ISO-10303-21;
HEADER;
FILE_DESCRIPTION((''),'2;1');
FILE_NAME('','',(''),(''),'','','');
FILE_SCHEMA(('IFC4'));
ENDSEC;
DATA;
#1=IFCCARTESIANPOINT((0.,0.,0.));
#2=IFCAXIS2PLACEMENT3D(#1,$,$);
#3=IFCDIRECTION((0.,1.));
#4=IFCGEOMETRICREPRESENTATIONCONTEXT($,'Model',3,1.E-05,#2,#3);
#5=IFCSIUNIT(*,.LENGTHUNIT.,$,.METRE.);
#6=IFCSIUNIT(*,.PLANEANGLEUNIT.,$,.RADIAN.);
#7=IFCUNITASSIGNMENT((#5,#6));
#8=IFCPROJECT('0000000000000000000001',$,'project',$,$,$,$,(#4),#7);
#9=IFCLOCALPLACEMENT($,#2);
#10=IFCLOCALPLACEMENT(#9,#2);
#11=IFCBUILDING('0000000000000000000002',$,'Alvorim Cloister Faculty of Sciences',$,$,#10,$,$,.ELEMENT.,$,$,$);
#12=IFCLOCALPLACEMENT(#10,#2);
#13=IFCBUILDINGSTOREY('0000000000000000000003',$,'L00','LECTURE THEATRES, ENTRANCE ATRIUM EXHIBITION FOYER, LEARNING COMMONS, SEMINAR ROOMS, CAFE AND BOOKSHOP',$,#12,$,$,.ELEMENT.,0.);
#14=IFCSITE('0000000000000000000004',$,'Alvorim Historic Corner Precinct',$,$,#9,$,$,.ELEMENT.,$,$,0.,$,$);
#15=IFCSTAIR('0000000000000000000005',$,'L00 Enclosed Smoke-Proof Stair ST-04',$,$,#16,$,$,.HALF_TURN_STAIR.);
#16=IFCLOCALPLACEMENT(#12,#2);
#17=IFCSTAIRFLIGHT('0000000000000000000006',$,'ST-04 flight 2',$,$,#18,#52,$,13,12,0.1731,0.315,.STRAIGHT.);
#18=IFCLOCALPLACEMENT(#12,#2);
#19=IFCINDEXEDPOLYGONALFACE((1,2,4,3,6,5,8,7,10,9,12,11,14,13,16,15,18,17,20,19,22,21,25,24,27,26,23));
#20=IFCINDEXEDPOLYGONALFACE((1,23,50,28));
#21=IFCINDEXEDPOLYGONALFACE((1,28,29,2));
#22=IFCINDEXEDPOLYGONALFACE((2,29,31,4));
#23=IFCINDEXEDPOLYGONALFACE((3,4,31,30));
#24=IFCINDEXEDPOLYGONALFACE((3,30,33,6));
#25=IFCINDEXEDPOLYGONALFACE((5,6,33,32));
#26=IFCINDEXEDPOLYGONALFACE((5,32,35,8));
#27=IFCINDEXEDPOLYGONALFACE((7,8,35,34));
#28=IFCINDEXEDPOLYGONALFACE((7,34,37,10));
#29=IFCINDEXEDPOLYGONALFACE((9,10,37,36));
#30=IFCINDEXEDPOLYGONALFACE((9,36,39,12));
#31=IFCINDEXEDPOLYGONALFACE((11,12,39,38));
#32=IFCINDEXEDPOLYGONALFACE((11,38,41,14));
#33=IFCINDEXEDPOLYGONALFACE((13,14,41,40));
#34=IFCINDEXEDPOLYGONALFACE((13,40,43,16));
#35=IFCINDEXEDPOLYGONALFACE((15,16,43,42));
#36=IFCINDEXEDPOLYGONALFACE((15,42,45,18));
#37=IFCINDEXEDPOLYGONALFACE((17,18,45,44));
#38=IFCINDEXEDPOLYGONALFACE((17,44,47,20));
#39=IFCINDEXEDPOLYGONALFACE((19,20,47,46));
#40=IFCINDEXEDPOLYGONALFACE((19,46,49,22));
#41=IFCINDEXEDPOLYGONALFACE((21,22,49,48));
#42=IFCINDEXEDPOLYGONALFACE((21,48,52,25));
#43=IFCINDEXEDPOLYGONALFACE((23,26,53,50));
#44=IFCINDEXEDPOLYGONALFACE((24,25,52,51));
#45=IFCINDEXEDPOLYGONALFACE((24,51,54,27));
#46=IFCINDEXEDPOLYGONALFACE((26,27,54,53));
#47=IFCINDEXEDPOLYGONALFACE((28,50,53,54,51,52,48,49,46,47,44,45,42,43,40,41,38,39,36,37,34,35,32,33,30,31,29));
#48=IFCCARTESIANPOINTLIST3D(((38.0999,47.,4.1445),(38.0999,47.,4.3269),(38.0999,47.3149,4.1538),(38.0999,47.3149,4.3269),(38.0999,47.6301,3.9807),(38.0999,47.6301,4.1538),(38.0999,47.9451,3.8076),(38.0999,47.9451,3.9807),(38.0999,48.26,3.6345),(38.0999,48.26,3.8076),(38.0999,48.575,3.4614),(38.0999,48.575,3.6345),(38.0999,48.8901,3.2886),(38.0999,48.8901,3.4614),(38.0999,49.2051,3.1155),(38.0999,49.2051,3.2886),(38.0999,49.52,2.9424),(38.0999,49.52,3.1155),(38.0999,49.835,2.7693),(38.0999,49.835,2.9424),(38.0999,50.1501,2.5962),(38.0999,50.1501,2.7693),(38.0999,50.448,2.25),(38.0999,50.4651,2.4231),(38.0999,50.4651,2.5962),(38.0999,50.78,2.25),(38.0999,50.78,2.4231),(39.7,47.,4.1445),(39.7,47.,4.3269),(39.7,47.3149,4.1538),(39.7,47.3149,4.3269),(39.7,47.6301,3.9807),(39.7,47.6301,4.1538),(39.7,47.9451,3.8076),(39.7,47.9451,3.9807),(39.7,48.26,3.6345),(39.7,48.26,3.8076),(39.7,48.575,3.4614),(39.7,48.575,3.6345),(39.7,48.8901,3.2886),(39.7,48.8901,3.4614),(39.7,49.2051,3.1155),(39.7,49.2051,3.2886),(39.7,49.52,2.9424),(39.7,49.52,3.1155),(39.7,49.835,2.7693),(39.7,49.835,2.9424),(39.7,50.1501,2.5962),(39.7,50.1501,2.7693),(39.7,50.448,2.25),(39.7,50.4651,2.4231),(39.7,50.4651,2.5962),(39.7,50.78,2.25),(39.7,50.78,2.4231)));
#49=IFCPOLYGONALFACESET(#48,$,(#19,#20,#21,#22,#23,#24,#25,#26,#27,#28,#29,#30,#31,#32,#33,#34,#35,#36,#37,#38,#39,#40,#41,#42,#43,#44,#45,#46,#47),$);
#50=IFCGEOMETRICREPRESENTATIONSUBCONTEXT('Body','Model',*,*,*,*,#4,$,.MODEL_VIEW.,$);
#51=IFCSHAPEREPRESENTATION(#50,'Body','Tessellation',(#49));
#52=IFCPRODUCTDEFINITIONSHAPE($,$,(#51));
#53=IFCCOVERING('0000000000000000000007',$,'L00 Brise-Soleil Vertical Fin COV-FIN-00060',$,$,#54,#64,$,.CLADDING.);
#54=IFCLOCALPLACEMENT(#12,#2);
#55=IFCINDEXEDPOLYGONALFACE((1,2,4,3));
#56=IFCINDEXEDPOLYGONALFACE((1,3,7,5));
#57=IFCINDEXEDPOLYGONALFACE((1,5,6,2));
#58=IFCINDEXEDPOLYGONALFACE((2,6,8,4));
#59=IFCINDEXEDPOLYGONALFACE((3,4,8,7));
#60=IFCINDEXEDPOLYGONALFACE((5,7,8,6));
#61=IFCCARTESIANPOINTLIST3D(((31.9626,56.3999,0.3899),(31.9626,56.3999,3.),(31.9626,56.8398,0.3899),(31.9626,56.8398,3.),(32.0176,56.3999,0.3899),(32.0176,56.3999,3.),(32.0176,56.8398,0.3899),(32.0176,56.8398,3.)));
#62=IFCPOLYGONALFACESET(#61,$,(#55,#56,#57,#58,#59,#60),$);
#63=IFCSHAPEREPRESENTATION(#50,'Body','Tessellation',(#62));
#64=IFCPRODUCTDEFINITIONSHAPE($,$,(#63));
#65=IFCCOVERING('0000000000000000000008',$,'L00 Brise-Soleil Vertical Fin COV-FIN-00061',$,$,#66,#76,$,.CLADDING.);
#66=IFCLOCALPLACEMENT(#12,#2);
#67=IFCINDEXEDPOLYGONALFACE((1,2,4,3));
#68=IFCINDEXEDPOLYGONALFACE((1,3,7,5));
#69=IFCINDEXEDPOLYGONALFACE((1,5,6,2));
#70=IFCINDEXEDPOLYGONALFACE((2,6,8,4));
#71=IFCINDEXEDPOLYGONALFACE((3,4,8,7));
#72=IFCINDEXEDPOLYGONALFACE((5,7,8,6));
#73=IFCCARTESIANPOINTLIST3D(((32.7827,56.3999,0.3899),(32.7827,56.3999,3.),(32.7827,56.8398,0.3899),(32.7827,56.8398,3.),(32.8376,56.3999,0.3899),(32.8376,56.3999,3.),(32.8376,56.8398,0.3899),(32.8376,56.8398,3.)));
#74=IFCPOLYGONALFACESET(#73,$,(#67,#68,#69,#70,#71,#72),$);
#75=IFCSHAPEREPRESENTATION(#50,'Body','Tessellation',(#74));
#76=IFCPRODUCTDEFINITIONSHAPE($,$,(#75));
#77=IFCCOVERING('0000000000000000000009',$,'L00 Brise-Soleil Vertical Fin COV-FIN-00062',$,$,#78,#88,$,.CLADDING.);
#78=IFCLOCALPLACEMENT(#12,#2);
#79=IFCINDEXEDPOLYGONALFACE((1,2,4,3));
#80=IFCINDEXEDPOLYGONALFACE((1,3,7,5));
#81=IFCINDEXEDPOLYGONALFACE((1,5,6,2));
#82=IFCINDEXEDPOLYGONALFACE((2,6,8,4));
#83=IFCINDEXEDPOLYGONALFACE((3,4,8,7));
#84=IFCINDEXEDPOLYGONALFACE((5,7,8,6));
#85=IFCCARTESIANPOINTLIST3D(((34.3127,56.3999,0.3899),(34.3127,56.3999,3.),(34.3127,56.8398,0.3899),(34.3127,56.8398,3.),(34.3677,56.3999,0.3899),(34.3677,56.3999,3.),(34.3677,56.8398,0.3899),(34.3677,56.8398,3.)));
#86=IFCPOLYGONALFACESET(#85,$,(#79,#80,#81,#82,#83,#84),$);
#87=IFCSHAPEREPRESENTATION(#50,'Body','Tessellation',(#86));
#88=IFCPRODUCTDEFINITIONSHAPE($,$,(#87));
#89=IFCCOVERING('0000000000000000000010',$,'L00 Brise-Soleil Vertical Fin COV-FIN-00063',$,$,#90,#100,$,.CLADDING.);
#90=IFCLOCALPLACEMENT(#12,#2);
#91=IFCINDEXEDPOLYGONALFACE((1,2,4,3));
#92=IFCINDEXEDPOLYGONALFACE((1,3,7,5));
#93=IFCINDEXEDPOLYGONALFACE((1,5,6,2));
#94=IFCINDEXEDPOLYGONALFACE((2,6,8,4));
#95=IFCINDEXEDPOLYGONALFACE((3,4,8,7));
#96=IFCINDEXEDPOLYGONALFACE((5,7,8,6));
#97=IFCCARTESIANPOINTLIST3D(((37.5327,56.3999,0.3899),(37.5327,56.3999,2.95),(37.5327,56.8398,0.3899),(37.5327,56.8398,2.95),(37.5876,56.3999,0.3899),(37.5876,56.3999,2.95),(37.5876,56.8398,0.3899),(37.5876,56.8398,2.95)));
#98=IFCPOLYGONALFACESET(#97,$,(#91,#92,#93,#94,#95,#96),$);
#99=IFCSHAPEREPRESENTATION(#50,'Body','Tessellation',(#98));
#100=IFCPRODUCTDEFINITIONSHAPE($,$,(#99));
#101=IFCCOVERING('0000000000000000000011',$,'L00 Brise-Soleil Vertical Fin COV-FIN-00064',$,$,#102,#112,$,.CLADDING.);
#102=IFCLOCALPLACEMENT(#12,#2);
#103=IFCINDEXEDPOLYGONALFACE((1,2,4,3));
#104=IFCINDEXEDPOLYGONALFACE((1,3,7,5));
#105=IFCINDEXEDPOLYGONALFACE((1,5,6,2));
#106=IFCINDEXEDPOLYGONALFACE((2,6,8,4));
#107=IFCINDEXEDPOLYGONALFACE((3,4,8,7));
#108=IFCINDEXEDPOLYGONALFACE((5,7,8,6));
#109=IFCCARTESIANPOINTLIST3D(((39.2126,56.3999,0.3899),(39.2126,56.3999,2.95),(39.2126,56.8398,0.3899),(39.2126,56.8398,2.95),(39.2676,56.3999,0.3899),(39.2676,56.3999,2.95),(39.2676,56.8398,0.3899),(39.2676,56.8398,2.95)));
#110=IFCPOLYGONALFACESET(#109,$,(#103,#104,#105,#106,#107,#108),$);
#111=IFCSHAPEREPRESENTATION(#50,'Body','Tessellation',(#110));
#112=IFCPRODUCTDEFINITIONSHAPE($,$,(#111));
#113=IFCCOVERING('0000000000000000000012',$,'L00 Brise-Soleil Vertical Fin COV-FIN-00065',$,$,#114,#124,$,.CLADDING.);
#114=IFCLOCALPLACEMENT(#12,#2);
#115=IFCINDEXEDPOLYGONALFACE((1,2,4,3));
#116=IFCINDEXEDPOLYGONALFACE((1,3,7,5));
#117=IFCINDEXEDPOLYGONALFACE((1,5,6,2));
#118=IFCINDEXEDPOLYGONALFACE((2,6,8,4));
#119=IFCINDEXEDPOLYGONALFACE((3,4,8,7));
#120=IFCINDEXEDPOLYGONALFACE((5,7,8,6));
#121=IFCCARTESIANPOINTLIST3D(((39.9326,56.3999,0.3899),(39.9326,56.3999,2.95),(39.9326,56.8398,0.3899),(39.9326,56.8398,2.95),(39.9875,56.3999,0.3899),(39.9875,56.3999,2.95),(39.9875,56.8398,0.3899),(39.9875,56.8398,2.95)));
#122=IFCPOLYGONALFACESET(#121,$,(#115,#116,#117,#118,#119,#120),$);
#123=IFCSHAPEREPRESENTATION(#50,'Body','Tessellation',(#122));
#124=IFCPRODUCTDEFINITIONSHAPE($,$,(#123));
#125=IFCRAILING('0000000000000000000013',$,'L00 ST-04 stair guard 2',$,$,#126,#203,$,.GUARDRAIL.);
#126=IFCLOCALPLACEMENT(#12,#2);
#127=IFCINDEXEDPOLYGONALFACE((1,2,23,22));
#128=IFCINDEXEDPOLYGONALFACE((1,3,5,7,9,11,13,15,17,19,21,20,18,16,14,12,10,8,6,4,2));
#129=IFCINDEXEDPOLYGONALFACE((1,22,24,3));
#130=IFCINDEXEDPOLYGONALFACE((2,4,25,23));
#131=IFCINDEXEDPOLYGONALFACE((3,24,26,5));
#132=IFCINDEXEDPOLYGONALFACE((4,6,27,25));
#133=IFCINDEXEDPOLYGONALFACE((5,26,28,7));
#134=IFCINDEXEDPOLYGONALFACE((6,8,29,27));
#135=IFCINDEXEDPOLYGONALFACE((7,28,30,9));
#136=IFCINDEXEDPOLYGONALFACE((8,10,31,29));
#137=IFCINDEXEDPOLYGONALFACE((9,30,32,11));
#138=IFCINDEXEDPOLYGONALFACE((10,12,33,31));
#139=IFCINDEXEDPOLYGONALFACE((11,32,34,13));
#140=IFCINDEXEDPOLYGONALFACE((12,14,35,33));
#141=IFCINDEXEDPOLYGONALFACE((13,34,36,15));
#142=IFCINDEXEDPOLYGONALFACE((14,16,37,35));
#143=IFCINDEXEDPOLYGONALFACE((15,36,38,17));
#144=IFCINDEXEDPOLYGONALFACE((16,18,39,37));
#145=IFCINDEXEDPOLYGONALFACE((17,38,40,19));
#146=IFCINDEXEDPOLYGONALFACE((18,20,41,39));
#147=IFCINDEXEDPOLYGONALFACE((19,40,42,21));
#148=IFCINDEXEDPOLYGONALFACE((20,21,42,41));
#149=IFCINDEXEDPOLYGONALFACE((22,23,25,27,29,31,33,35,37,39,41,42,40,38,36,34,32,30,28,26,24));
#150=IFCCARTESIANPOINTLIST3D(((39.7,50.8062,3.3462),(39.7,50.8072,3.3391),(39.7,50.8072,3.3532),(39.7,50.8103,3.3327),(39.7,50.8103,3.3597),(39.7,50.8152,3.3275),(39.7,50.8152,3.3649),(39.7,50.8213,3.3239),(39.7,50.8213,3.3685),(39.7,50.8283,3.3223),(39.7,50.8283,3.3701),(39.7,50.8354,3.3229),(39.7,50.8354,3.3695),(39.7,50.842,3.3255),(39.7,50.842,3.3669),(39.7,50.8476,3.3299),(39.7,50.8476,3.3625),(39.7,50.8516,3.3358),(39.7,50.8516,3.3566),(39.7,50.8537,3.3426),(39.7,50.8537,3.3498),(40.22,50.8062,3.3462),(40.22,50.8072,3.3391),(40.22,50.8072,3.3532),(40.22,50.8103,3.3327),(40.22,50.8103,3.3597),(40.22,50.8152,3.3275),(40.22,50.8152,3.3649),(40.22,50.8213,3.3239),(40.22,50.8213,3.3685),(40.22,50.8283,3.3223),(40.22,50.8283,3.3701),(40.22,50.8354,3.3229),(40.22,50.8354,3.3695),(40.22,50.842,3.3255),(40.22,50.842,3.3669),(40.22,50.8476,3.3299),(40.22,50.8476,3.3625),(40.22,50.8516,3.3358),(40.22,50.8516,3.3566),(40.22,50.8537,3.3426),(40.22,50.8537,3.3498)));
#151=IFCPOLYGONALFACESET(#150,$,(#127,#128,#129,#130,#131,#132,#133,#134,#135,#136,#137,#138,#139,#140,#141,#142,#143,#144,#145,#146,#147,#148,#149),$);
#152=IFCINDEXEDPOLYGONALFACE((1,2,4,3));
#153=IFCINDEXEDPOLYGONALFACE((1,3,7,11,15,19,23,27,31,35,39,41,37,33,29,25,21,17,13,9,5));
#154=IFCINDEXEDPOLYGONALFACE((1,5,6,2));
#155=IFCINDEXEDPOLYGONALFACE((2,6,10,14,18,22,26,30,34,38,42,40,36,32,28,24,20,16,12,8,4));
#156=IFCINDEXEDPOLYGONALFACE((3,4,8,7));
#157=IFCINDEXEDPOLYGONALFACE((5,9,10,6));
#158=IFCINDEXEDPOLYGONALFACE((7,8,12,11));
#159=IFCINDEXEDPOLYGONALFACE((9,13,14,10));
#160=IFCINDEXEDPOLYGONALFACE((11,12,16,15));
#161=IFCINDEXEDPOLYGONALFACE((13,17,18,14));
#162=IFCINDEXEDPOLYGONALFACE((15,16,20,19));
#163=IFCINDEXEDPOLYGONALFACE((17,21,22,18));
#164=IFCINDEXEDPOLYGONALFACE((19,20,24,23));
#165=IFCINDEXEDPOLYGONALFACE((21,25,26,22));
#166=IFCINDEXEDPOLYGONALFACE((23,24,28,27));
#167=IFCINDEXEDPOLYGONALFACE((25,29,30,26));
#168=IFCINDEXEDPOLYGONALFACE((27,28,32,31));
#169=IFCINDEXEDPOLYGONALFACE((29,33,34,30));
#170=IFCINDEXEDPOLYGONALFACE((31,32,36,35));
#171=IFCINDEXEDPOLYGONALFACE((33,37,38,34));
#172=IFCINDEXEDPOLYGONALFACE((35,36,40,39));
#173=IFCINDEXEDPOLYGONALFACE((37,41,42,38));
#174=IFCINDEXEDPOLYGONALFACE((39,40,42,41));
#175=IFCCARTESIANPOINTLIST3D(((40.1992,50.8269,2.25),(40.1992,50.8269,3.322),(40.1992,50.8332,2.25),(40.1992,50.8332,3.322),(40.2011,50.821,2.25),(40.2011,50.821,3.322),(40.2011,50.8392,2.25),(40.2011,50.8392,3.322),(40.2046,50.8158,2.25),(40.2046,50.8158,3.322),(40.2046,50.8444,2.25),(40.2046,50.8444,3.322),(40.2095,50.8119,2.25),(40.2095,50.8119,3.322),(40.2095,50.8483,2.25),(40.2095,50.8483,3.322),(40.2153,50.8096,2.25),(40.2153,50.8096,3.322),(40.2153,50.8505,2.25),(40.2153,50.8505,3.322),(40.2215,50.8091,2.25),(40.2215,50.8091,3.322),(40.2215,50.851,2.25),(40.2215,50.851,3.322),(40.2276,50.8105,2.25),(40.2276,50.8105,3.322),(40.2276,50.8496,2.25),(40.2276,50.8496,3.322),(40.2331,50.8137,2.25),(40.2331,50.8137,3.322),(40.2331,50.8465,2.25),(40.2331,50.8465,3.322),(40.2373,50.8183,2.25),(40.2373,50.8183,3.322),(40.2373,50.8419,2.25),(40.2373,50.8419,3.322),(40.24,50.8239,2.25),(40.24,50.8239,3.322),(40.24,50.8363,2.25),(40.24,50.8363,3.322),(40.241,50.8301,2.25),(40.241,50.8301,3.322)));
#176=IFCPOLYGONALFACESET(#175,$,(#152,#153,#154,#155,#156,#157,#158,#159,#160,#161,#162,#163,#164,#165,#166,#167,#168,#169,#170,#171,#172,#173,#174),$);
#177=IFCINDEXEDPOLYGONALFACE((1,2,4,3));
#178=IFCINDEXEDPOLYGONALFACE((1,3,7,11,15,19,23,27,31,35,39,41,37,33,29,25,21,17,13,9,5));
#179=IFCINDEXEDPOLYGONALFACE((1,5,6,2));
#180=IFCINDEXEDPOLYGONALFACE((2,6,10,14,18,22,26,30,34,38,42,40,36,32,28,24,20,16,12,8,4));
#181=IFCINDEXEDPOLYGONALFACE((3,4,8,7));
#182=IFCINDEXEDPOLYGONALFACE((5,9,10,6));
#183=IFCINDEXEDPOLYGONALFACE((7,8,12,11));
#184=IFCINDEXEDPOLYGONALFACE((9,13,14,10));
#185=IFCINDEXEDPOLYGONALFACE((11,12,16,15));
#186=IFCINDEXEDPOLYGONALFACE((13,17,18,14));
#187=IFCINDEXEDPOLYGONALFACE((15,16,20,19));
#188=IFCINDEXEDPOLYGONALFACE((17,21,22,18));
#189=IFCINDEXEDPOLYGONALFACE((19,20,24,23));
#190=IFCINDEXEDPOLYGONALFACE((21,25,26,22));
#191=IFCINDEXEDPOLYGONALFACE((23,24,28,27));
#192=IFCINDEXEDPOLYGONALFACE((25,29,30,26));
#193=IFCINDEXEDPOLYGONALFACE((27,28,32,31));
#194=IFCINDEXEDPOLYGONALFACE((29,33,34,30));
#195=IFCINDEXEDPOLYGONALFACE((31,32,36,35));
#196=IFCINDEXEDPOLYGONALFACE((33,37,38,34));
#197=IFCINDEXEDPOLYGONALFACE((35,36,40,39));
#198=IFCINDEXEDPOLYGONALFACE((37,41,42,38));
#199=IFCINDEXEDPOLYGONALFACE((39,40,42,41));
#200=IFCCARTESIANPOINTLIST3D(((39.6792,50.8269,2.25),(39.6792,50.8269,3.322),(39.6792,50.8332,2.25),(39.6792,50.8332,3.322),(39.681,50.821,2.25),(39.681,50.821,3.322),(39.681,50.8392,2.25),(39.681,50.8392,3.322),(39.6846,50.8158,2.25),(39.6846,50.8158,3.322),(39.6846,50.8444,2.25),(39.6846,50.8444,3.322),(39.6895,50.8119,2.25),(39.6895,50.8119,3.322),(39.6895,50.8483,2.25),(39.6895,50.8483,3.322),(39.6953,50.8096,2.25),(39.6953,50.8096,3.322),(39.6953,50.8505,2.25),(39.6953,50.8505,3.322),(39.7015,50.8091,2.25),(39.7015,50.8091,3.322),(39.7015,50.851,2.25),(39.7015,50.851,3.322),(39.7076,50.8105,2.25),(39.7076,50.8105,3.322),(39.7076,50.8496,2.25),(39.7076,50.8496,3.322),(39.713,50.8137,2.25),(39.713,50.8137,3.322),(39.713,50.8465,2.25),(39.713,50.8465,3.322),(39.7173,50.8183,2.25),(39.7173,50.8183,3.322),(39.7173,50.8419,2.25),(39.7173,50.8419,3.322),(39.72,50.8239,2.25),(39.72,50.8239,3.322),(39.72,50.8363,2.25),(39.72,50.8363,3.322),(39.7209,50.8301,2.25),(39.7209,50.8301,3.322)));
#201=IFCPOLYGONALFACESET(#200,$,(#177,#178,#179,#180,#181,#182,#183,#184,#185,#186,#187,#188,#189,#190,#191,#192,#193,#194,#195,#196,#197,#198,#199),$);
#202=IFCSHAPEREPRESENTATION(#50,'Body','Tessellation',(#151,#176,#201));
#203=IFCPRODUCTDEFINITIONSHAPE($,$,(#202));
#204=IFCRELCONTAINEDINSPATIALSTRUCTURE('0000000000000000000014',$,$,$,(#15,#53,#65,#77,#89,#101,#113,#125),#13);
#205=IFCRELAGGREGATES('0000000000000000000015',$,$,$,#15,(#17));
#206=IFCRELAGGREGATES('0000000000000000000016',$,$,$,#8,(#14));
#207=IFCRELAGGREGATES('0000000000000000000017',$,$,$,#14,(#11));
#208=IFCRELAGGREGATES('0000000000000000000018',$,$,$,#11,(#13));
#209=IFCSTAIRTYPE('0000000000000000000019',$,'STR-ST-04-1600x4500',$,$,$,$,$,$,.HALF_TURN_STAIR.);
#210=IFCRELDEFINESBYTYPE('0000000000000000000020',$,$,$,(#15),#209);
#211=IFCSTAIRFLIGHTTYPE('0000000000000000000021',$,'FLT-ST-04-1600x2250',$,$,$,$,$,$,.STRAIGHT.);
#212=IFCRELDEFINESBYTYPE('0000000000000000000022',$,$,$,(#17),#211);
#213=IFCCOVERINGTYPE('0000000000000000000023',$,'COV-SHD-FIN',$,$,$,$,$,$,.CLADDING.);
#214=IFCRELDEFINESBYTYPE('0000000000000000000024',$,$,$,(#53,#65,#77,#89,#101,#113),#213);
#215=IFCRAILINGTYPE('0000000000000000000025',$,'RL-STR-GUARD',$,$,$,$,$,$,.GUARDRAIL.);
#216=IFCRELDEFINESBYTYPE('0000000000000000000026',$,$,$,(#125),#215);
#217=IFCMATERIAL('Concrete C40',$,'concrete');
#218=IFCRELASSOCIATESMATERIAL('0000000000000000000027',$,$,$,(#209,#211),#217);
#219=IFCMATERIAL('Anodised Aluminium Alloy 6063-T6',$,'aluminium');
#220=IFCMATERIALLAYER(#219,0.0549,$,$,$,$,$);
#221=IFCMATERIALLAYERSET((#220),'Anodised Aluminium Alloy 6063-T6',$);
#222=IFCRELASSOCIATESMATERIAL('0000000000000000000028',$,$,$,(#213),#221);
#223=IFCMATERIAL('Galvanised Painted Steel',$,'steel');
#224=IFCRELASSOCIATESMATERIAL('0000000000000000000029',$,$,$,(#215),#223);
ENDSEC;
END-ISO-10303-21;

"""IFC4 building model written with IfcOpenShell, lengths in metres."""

from ifc_helpers import new_model, si_unit, direction, frame, origin, origin_2d, place, context, subcontext, project, spatial, polyline, circle, outline, extrude, material, layer, layer_set, type_object, element, aggregate, save


model = new_model("IFC4")

# Units and contexts
model_context = context("Model", 3, precision=1e-05, world=origin(), true_north=direction((0.0, 1.0)))
body_context = subcontext(model_context, "Body", "Model", "MODEL_VIEW")
ifc_project = project(units=[si_unit("LENGTHUNIT", "METRE"), si_unit("PLANEANGLEUNIT", "RADIAN")], contexts=[model_context])

# Site, building, storey
site_placement = place(None, origin())
site = spatial("IfcSite", under=ifc_project, at=site_placement, Name="Alvorim Historic Corner Precinct", CompositionType="ELEMENT", RefElevation=0.0)
building_placement = place(site_placement, origin())
building = spatial("IfcBuilding", under=site, at=building_placement, Name="Alvorim Cloister Faculty of Sciences", CompositionType="ELEMENT")
storey_placement = place(building_placement, origin())
storey = spatial("IfcBuildingStorey", under=building, at=storey_placement, Name="L00", Description="LECTURE THEATRES, ENTRANCE ATRIUM EXHIBITION FOYER, LEARNING COMMONS, SEMINAR ROOMS, CAFE AND BOOKSHOP", CompositionType="ELEMENT", Elevation=0.0)

# Shared definitions
ifc_material_1 = material(Name="Concrete C40", Category="concrete")

# Stair, stair flight
stair_type = type_object("IfcStairType", Name="STR-ST-04-1600x4500", PredefinedType="HALF_TURN_STAIR", material=ifc_material_1)
stair_placement = place(storey_placement, origin())
stair = element("IfcStair", 1, at=stair_placement, inside=storey, type_object=stair_type, Name="L00 Enclosed Smoke-Proof Stair ST-04", PredefinedType="HALF_TURN_STAIR")
stair_flight_type = type_object("IfcStairFlightType", Name="FLT-ST-04-1600x2250", PredefinedType="STRAIGHT", material=ifc_material_1)
stair_flight_placement = place(storey_placement, frame((38.8999, 50.78, 2.25), z_axis=(0.0, 0.0, 1.0), x_axis=(0.0, -1.0, 0.0)))
stair_flight = element("IfcStairFlight", 2, at=stair_flight_placement, type_object=stair_flight_type, Name="ST-04 flight 2", NumberOfRisers=13, NumberOfTreads=12, PredefinedType="STRAIGHT", RiserHeight=0.1731, TreadLength=0.315, context=body_context, shape_type="SweptSolid", body=[
    extrude(outline(polyline([(0.332, 0.0), (3.78, 1.8945), (3.78, 2.25), (3.78, 2.0769), (3.4651, 2.0769), (3.4651, 1.9038), (3.1499, 1.9038), (3.1499, 1.7307), (2.835, 1.7307), (2.835, 1.5576), (2.52, 1.5576), (2.52, 1.3845), (2.2051, 1.3845), (2.2051, 1.2114), (1.8899, 1.2114), (1.8899, 1.0386), (1.575, 1.0386), (1.575, 0.8655), (1.26, 0.8655), (1.26, 0.6924), (0.9451, 0.6924), (0.9451, 0.5193), (0.6299, 0.5193), (0.6299, 0.3462), (0.3149, 0.3462), (0.3149, 0.1731), (0.0, 0.1731), (0.0, 0.0), (0.332, 0.0)])), frame((0.0, 0.8, 0.0), z_axis=(0.0, -1.0, 0.0), x_axis=(1.0, 0.0, 0.0)), (0.0, 0.0, 1.0), 1.6001),
])
aggregate(stair, [stair_flight])

# Coverings
ifc_material_2 = material(Name="Anodised Aluminium Alloy 6063-T6", Category="aluminium")
ifc_layer_1 = layer(ifc_material_2, 0.0549)
ifc_layer_set_1 = layer_set([ifc_layer_1], Name="Anodised Aluminium Alloy 6063-T6")
covering_type = type_object("IfcCoveringType", Name="COV-SHD-FIN", PredefinedType="CLADDING", material=ifc_layer_set_1)
for number, where, z_axis, x_axis, name in (
    (3, (31.99, 56.3999, 0.3899), (0.0, 0.0, 1.0), (0.0, 1.0, 0.0), "L00 Brise-Soleil Vertical Fin COV-FIN-00060"),
    (4, (32.8101, 56.3999, 0.3899), (0.0, 0.0, 1.0), (0.0, 1.0, 0.0), "L00 Brise-Soleil Vertical Fin COV-FIN-00061"),
    (5, (34.3401, 56.3999, 0.3899), (0.0, 0.0, 1.0), (0.0, 1.0, 0.0), "L00 Brise-Soleil Vertical Fin COV-FIN-00062"),
):
    element("IfcCovering", number, at=place(storey_placement, frame(where, z_axis=z_axis, x_axis=x_axis)), inside=storey, type_object=covering_type, Name=name, PredefinedType="CLADDING", context=body_context, shape_type="SweptSolid", body=[
        extrude(outline(polyline([(0.0, 0.0), (0.4399, 0.0), (0.4399, 2.6101), (0.0, 2.6101), (0.0, 0.0)])), frame((0.0, 0.0273, 0.0), z_axis=(0.0, -1.0, 0.0), x_axis=(1.0, 0.0, 0.0)), (0.0, 0.0, 1.0), 0.0549),
    ])
for number, where, z_axis, x_axis, name in (
    (6, (37.5601, 56.3999, 0.3899), (0.0, 0.0, 1.0), (0.0, 1.0, 0.0), "L00 Brise-Soleil Vertical Fin COV-FIN-00063"),
    (7, (39.24, 56.3999, 0.3899), (0.0, 0.0, 1.0), (0.0, 1.0, 0.0), "L00 Brise-Soleil Vertical Fin COV-FIN-00064"),
    (8, (39.96, 56.3999, 0.3899), (0.0, 0.0, 1.0), (0.0, 1.0, 0.0), "L00 Brise-Soleil Vertical Fin COV-FIN-00065"),
):
    element("IfcCovering", number, at=place(storey_placement, frame(where, z_axis=z_axis, x_axis=x_axis)), inside=storey, type_object=covering_type, Name=name, PredefinedType="CLADDING", context=body_context, shape_type="SweptSolid", body=[
        extrude(outline(polyline([(0.0, 0.0), (0.4399, 0.0), (0.4399, 2.5601), (0.0, 2.5601), (0.0, 0.0)])), frame((0.0, 0.0273, 0.0), z_axis=(0.0, -1.0, 0.0), x_axis=(1.0, 0.0, 0.0)), (0.0, 0.0, 1.0), 0.0549),
    ])

# Railing
ifc_material_3 = material(Name="Galvanised Painted Steel", Category="steel")
railing_type_1 = type_object("IfcRailingType", Name="RL-STR-GUARD", PredefinedType="GUARDRAIL", material=ifc_material_3)
railing_1_placement = place(storey_placement, frame((40.22, 50.8301, 2.25)))
element("IfcRailing", 9, at=railing_1_placement, inside=storey, type_object=railing_type_1, Name="L00 ST-04 stair guard 2", PredefinedType="GUARDRAIL", context=body_context, shape_type="SweptSolid", body=[
    extrude(circle(Radius=0.0239, at=origin_2d()), frame((0.0, 0.0, 1.0962), z_axis=(-1.0, 0.0, 0.0), x_axis=(0.0, -1.0, 0.0)), (0.0, 0.0, 1.0), 0.52),
    extrude(circle(Radius=0.021, at=origin_2d()), origin(), (0.0, 0.0, 1.0), 1.072),
    extrude(circle(Radius=0.021, at=origin_2d()), frame((-0.52, 0.0, 0.0)), (0.0, 0.0, 1.0), 1.072),
])

save(model, "model.ifc")
